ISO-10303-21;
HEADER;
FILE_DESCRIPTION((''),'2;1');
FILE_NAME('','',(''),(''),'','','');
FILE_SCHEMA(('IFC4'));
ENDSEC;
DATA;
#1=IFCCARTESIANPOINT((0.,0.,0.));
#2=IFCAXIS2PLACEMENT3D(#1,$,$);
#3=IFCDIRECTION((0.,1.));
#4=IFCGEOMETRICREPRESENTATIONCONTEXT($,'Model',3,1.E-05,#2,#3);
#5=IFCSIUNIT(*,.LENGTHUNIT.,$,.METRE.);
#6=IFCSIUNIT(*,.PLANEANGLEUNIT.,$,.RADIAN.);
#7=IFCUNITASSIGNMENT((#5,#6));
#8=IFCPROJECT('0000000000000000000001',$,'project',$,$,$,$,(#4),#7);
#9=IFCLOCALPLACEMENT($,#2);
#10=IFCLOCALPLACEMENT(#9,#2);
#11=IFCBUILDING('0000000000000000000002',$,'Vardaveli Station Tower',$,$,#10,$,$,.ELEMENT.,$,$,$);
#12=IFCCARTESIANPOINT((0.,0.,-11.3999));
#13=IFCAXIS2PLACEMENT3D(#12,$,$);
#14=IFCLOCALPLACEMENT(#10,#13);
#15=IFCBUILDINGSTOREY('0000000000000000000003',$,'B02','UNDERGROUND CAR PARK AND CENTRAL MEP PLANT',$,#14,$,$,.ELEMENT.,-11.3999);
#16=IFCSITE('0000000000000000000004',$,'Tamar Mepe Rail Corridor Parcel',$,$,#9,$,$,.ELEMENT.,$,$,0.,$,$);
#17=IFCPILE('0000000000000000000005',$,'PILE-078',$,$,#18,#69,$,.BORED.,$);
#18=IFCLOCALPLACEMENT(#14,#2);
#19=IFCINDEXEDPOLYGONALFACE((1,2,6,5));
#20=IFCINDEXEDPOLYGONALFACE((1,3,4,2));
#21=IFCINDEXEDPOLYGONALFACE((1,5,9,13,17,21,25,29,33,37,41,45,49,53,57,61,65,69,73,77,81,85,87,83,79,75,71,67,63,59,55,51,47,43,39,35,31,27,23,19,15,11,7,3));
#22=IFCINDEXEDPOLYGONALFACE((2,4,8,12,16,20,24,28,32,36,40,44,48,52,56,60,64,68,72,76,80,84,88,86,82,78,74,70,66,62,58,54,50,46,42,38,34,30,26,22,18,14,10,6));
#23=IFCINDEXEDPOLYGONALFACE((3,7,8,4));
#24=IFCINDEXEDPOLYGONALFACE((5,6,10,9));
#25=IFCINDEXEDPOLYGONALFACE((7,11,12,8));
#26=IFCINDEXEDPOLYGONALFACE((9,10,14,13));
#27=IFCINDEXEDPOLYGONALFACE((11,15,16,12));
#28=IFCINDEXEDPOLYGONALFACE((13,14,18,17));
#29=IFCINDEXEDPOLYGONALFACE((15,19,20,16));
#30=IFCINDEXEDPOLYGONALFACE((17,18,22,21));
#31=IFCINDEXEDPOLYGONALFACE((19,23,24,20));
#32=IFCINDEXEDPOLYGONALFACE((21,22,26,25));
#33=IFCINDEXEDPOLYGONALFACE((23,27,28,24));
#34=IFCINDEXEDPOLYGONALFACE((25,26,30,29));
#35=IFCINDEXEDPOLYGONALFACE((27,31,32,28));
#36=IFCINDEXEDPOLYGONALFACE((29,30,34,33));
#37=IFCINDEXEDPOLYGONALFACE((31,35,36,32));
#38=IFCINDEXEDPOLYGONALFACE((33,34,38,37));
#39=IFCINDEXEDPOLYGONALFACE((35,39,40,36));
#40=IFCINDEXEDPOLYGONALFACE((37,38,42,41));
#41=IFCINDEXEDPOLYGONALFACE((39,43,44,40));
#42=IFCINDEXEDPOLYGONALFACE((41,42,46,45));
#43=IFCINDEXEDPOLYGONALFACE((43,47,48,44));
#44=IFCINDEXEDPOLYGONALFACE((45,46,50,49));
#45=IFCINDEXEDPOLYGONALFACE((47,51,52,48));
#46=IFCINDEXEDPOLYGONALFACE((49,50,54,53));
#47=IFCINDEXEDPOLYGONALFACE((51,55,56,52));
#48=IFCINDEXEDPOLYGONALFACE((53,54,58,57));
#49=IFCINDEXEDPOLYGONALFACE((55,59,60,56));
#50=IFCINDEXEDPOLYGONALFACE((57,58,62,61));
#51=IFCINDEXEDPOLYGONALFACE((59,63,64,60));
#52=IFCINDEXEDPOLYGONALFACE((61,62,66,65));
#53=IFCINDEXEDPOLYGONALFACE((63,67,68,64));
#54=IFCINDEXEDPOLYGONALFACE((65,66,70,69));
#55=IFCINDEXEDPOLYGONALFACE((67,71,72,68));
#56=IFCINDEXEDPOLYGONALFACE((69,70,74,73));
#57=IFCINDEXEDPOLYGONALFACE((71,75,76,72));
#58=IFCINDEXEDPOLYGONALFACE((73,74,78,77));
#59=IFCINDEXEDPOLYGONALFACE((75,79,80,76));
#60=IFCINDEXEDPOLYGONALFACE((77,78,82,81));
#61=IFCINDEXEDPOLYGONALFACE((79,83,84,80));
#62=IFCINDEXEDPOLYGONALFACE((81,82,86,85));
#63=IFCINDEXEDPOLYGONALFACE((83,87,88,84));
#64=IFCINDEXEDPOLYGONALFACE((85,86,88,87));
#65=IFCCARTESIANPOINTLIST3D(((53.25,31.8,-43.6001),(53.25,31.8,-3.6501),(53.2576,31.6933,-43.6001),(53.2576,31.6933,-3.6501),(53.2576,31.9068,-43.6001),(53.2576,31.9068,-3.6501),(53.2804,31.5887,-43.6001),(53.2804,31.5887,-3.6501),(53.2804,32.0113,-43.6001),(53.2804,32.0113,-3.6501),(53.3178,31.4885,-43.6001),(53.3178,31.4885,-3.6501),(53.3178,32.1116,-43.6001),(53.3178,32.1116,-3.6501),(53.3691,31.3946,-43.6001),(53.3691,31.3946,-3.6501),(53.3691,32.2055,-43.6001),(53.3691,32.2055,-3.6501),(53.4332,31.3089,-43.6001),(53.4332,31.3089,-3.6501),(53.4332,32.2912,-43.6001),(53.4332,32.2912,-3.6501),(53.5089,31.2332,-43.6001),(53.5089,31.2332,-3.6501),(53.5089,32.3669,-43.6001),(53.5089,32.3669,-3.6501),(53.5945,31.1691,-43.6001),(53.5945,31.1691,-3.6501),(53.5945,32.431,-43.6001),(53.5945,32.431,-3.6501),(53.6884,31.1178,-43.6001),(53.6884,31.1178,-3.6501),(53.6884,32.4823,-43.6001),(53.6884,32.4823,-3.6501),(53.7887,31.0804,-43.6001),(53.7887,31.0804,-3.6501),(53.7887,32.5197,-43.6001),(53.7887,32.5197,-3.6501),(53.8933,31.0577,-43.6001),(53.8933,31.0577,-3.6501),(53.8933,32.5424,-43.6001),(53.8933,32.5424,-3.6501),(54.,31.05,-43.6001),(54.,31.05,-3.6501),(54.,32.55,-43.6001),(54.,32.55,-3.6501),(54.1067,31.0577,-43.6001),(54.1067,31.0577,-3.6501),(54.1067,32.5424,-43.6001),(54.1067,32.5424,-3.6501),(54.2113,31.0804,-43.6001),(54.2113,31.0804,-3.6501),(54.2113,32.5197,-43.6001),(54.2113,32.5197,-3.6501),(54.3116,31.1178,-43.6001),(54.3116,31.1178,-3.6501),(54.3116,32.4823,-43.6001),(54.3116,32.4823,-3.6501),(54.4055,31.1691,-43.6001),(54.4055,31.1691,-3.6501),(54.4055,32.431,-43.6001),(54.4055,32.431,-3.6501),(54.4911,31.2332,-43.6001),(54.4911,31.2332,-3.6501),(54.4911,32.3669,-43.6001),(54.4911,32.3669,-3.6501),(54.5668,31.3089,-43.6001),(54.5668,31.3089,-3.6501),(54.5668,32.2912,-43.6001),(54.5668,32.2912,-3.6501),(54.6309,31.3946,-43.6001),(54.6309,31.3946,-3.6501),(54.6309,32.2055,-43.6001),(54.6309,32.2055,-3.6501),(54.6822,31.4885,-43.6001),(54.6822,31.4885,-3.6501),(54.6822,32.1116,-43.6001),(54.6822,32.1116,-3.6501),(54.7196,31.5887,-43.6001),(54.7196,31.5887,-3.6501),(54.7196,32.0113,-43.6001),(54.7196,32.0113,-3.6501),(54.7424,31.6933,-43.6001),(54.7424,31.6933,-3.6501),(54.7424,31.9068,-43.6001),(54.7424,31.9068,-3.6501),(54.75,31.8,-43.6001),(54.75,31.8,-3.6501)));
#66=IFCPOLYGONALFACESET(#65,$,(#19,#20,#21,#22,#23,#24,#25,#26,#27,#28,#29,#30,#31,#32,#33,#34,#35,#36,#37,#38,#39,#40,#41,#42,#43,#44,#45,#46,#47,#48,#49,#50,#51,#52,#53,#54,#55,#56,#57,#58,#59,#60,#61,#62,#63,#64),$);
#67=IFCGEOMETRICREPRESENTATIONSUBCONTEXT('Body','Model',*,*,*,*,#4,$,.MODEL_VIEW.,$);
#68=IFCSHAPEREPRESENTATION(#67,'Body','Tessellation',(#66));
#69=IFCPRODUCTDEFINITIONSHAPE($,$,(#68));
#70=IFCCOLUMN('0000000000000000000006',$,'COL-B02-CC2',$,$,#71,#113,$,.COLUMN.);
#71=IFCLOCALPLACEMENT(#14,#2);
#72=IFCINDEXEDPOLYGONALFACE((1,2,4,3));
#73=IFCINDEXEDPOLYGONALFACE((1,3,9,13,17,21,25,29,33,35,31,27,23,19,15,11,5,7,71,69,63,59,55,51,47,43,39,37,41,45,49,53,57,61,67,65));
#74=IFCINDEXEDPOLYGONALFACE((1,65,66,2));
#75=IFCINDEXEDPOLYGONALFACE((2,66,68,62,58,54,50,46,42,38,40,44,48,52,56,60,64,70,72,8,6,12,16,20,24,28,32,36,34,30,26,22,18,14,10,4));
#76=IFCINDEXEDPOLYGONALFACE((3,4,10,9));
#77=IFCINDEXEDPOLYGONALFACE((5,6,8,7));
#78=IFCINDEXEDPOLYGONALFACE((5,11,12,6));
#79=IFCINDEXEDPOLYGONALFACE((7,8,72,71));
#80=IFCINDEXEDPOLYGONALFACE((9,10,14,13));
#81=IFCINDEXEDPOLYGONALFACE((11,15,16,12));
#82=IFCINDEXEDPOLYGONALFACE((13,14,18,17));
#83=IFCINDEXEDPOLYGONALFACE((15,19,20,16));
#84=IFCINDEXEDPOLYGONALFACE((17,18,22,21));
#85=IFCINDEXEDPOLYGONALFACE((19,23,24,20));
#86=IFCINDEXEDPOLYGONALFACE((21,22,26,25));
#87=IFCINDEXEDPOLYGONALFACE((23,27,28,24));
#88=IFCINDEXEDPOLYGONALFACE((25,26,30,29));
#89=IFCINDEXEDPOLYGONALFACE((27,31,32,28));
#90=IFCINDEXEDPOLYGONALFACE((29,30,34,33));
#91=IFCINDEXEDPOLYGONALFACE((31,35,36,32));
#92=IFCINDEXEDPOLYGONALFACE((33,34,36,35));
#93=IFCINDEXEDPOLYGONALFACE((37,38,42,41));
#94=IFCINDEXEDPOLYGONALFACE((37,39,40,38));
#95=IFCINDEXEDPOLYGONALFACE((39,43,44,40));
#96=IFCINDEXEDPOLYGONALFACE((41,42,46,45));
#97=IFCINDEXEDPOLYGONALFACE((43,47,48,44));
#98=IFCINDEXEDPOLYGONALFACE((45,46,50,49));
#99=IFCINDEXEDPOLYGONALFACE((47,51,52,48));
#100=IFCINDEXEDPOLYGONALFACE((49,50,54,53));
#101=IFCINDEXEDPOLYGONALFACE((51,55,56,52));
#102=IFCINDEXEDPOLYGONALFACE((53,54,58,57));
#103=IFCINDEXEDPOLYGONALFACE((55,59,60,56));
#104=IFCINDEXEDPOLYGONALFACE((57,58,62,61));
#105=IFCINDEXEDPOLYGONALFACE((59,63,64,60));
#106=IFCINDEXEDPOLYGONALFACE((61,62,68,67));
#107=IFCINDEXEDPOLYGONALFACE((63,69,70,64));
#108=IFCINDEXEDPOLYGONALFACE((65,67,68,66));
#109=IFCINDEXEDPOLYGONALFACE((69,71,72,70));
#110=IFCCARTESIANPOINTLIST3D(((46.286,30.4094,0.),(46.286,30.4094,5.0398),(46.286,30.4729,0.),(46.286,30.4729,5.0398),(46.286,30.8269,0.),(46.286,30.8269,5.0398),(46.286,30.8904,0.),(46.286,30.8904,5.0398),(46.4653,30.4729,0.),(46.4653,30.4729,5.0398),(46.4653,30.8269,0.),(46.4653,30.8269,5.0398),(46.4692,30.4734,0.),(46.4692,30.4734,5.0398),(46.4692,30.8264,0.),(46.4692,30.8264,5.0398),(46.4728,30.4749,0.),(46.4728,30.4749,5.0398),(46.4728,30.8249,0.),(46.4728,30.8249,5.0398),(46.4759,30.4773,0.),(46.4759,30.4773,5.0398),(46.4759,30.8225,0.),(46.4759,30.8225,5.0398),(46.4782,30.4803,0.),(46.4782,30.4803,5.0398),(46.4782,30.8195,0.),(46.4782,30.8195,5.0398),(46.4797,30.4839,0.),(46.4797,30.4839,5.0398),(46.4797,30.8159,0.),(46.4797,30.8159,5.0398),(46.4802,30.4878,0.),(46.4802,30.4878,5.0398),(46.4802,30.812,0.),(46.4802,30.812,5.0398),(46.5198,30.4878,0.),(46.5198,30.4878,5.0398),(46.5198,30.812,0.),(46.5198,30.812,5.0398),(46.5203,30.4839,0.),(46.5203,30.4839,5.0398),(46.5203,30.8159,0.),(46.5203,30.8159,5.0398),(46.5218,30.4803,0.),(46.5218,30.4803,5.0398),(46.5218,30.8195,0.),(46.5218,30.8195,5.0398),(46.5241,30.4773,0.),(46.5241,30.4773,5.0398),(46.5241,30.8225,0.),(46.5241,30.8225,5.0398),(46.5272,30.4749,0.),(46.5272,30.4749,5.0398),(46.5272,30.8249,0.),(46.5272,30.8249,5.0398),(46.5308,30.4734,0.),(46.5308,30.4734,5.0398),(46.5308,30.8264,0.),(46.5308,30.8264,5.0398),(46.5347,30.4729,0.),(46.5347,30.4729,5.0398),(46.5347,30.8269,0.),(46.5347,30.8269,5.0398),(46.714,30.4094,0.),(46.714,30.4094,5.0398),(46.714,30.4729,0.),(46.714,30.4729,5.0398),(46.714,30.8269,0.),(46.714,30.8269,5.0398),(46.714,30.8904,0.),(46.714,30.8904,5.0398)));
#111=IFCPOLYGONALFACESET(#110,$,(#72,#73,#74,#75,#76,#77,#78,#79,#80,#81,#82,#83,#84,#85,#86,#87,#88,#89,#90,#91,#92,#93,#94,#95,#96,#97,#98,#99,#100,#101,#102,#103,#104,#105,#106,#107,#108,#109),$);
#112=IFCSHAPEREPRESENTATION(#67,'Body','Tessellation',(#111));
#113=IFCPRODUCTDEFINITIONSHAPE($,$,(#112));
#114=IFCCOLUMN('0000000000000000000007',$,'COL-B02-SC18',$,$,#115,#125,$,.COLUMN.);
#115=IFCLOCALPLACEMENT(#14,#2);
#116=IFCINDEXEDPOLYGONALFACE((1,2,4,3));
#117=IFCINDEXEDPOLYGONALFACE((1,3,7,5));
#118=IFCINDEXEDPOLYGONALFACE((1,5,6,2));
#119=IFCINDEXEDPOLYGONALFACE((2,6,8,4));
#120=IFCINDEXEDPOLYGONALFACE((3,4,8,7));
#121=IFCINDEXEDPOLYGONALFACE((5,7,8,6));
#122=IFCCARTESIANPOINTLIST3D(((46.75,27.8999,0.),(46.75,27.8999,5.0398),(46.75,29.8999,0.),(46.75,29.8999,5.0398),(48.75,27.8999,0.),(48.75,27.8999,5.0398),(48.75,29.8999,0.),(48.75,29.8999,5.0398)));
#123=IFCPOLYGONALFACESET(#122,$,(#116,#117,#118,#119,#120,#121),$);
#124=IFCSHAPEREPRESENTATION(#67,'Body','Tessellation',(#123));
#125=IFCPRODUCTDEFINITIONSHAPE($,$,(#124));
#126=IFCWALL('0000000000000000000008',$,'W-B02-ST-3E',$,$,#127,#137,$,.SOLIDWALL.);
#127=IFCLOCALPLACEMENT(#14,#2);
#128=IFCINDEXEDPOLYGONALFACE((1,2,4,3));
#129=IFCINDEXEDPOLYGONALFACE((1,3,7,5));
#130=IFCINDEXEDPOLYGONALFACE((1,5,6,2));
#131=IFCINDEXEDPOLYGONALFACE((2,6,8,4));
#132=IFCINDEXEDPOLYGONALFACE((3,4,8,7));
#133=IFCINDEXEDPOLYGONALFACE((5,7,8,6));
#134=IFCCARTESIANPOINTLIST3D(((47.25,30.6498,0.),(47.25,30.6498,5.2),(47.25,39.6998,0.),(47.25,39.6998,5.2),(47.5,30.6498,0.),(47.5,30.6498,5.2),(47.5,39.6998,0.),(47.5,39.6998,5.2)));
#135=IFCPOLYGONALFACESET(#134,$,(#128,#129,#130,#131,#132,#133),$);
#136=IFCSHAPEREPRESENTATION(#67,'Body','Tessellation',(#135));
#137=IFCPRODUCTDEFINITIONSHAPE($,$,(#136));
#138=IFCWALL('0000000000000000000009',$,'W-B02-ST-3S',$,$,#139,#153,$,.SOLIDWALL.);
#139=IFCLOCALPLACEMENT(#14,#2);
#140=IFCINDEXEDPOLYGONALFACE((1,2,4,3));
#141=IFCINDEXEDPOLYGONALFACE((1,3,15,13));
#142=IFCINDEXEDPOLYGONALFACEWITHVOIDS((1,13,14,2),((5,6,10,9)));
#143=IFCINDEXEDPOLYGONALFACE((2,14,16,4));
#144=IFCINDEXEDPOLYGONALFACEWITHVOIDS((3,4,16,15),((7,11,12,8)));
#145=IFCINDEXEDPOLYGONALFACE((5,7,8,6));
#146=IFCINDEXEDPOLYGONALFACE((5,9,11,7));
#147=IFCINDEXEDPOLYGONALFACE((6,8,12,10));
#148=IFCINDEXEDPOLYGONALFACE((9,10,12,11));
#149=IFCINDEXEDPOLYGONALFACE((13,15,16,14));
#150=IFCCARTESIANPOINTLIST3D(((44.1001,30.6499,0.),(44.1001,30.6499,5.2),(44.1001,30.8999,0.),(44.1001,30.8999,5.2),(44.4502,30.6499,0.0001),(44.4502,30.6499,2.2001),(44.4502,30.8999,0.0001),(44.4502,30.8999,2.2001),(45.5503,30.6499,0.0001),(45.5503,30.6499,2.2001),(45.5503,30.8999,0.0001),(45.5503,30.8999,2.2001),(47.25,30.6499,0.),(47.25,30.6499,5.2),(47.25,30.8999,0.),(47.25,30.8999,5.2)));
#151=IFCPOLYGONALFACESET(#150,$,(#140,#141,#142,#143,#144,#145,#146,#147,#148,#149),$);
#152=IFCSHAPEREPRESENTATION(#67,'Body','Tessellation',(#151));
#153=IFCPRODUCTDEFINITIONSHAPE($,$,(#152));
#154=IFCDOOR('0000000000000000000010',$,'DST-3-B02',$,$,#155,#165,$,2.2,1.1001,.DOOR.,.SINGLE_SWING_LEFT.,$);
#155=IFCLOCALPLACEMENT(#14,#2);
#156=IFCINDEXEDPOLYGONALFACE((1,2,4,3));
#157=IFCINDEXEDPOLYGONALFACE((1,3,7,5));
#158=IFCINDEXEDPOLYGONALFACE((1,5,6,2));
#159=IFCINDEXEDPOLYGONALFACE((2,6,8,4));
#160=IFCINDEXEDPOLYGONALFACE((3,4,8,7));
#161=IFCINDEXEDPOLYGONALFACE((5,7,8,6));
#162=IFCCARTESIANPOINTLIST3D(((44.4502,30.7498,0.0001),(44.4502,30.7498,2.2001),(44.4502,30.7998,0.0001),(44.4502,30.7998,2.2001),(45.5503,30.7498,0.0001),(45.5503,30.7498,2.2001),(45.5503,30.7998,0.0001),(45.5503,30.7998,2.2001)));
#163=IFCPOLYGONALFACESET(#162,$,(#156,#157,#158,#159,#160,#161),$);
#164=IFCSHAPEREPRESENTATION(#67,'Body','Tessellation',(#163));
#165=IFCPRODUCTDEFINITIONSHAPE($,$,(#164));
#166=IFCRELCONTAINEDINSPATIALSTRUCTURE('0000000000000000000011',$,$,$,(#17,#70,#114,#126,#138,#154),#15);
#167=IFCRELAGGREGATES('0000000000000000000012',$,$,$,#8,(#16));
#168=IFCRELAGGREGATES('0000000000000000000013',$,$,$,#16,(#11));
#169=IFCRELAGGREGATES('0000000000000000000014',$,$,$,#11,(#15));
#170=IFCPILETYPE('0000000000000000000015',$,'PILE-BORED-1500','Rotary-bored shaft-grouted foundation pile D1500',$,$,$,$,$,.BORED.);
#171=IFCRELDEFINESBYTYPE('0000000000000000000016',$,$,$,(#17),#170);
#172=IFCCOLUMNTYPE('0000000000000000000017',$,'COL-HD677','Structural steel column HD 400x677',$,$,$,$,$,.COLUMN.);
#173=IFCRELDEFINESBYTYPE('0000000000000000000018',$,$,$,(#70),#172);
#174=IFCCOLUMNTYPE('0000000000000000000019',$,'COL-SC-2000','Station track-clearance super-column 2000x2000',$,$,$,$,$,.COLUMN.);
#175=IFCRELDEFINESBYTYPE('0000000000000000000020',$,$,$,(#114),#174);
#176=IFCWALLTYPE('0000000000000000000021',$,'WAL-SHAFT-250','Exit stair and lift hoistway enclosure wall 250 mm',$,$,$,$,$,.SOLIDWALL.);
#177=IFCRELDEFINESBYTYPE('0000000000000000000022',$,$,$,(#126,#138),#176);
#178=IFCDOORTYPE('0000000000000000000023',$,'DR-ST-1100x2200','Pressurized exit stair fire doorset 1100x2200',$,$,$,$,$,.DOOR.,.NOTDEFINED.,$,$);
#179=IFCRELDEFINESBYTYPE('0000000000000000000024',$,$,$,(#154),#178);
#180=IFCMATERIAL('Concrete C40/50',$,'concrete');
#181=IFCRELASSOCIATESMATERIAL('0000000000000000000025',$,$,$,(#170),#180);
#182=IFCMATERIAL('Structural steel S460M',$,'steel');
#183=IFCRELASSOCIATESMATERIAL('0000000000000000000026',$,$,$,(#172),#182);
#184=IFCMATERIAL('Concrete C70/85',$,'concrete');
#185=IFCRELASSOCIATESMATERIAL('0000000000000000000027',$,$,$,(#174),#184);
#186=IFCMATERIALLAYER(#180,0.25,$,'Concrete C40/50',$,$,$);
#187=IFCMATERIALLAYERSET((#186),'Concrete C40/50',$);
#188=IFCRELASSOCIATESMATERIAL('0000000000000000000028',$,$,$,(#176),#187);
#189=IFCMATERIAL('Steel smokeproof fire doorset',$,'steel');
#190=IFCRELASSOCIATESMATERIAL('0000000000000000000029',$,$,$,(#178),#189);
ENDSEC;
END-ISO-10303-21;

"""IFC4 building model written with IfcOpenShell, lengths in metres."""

from ifc_helpers import new_model, si_unit, direction, frame, frame_2d, origin, origin_2d, place, context, subcontext, project, spatial, rectangle, circle, i_section, extrude, source, transform, mapped, material, layer, layer_set, material_profile, profile_set, type_object, element, fill, save


model = new_model("IFC4")

# Units and contexts
model_context = context("Model", 3, precision=1e-05, world=origin(), true_north=direction((0.0, 1.0)))
body_context = subcontext(model_context, "Body", "Model", "MODEL_VIEW")
ifc_project = project(units=[si_unit("LENGTHUNIT", "METRE"), si_unit("PLANEANGLEUNIT", "RADIAN")], contexts=[model_context])

# Site, building, storey
site_placement = place(None, origin())
site = spatial("IfcSite", under=ifc_project, at=site_placement, Name="Tamar Mepe Rail Corridor Parcel", CompositionType="ELEMENT", RefElevation=0.0)
building_placement = place(site_placement, origin())
building = spatial("IfcBuilding", under=site, at=building_placement, Name="Vardaveli Station Tower", CompositionType="ELEMENT")
storey_placement = place(building_placement, frame((0.0, 0.0, -11.3999)))
storey = spatial("IfcBuildingStorey", under=building, at=storey_placement, Name="B02", Description="UNDERGROUND CAR PARK AND CENTRAL MEP PLANT", CompositionType="ELEMENT", Elevation=-11.3999)

# Pile
ifc_material_1 = material(Name="Concrete C40/50", Category="concrete")
ifc_material_profile_1 = material_profile(ifc_material_1, circle(Radius=0.75, at=origin_2d()), Name="PILE D1500")
ifc_profile_set_1 = profile_set([ifc_material_profile_1], Name="Concrete C40/50")
pile_type = type_object("IfcPileType", Name="PILE-BORED-1500", Description="Rotary-bored shaft-grouted foundation pile D1500", PredefinedType="BORED", material=ifc_profile_set_1)
shared_shape_1 = source(origin(), body_context, "Body", "SweptSolid", [
    extrude(circle(Radius=0.75, at=origin_2d()), origin(), (0.0, 0.0, 1.0), 39.95),
])
for number, where, z_axis, x_axis, name in (
    (1, (54.0, 31.8, -3.6501), (0.0, 0.0, -1.0), (1.0, 0.0, 0.0), "PILE-078"),
):
    element("IfcPile", number, at=place(storey_placement, frame(where, z_axis=z_axis, x_axis=x_axis)), inside=storey, type_object=pile_type, Name=name, PredefinedType="BORED", context=body_context, shape_type="MappedRepresentation", body=[
        mapped(shared_shape_1, transform((0.0, 0.0, 0.0), scale=1.0)),
    ])

# Columns
ifc_material_2 = material(Name="Structural steel S460M", Category="steel")
ifc_material_profile_2 = material_profile(ifc_material_2, i_section(OverallWidth=0.428, OverallDepth=0.481, WebThickness=0.0396, FlangeThickness=0.0635, FilletRadius=0.0149, at=origin_2d()), Name="HD 400x677")
ifc_profile_set_2 = profile_set([ifc_material_profile_2], Name="Structural steel S460M")
column_type_1 = type_object("IfcColumnType", Name="COL-HD677", Description="Structural steel column HD 400x677", PredefinedType="COLUMN", material=ifc_profile_set_2)
shared_shape_2 = source(origin(), body_context, "Body", "SweptSolid", [
    extrude(i_section(OverallWidth=0.428, OverallDepth=0.481, WebThickness=0.0396, FlangeThickness=0.0635, FilletRadius=0.0149, at=origin_2d()), origin(), (0.0, 0.0, 1.0), 5.0398),
])
column_1_placement = place(storey_placement, frame((46.5, 30.6499, 0.0), z_axis=(0.0, 0.0, 1.0), x_axis=(1.0, 0.0, 0.0)))
element("IfcColumn", 2, at=column_1_placement, inside=storey, type_object=column_type_1, Name="COL-B02-CC2", PredefinedType="COLUMN", context=body_context, shape_type="MappedRepresentation", body=[
    mapped(shared_shape_2, transform((0.0, 0.0, 0.0), scale=1.0)),
])
ifc_material_3 = material(Name="Concrete C70/85", Category="concrete")
ifc_material_profile_3 = material_profile(ifc_material_3, rectangle(XDim=2.0, YDim=2.0, at=origin_2d()), Name="SC 2000x2000")
ifc_profile_set_3 = profile_set([ifc_material_profile_3], Name="Concrete C70/85")
column_type_2 = type_object("IfcColumnType", Name="COL-SC-2000", Description="Station track-clearance super-column 2000x2000", PredefinedType="COLUMN", material=ifc_profile_set_3)
shared_shape_3 = source(origin(), body_context, "Body", "SweptSolid", [
    extrude(rectangle(XDim=2.0, YDim=2.0, at=origin_2d()), origin(), (0.0, 0.0, 1.0), 5.0398),
])
column_2_placement = place(storey_placement, frame((47.75, 28.8999, 0.0), z_axis=(0.0, 0.0, 1.0), x_axis=(1.0, 0.0, 0.0)))
element("IfcColumn", 3, at=column_2_placement, inside=storey, type_object=column_type_2, Name="COL-B02-SC18", PredefinedType="COLUMN", context=body_context, shape_type="MappedRepresentation", body=[
    mapped(shared_shape_3, transform((0.0, 0.0, 0.0), scale=1.0)),
])

# Wall
ifc_layer_1 = layer(ifc_material_1, 0.25, Name="Concrete C40/50")
ifc_layer_set_1 = layer_set([ifc_layer_1], Name="Concrete C40/50")
wall_type_1 = type_object("IfcWallType", Name="WAL-SHAFT-250", Description="Exit stair and lift hoistway enclosure wall 250 mm", PredefinedType="SOLIDWALL", material=ifc_layer_set_1)
shared_shape_4 = source(origin(), body_context, "Body", "SweptSolid", [
    extrude(rectangle(XDim=9.05, YDim=0.25, at=frame_2d((4.5249, 0.0))), origin(), (0.0, 0.0, 1.0), 5.2),
])
wall_1_placement = place(storey_placement, frame((47.375, 30.6499, 0.0), z_axis=(0.0, 0.0, 1.0), x_axis=(0.0, 1.0, 0.0)))
element("IfcWall", 4, at=wall_1_placement, inside=storey, type_object=wall_type_1, Name="W-B02-ST-3E", PredefinedType="SOLIDWALL", context=body_context, shape_type="MappedRepresentation", body=[
    mapped(shared_shape_4, transform((0.0, 0.0, 0.0), scale=1.0)),
])

# Wall, opening, door
shared_shape_5 = source(origin(), body_context, "Body", "SweptSolid", [
    extrude(rectangle(XDim=3.1499, YDim=0.25, at=frame_2d((1.575, 0.0))), origin(), (0.0, 0.0, 1.0), 5.2),
])
wall_2_placement = place(storey_placement, frame((44.1001, 30.7749, 0.0), z_axis=(0.0, 0.0, 1.0), x_axis=(1.0, 0.0, 0.0)))
wall_2 = element("IfcWall", 5, at=wall_2_placement, inside=storey, type_object=wall_type_1, Name="W-B02-ST-3S", PredefinedType="SOLIDWALL", context=body_context, shape_type="MappedRepresentation", body=[
    mapped(shared_shape_5, transform((0.0, 0.0, 0.0), scale=1.0)),
])
shared_shape_6 = source(origin(), body_context, "Body", "SweptSolid", [
    extrude(rectangle(XDim=1.1001, YDim=2.2, at=frame_2d((0.55, 1.1001))), frame((0.0, 0.135, 0.0), z_axis=(0.0, -1.0, 0.0), x_axis=(1.0, 0.0, 0.0)), (0.0, 0.0, 1.0), 0.27),
])
opening_1_placement = place(wall_2_placement, frame((0.3501, 0.0, 0.0)))
opening_1 = element("IfcOpeningElement", 6, at=opening_1_placement, cuts=wall_2, PredefinedType="OPENING", context=body_context, shape_type="MappedRepresentation", body=[
    mapped(shared_shape_6, transform((0.0, 0.0, 0.0), scale=1.0)),
])
ifc_material_4 = material(Name="Steel smokeproof fire doorset", Category="steel")
door_type_1 = type_object("IfcDoorType", Name="DR-ST-1100x2200", Description="Pressurized exit stair fire doorset 1100x2200", OperationType="NOTDEFINED", PredefinedType="DOOR", material=ifc_material_4)
shared_shape_7 = source(origin(), body_context, "Body", "SweptSolid", [
    extrude(rectangle(XDim=1.1001, YDim=2.2, at=frame_2d((0.55, 1.1001))), frame((0.0, 0.0249, 0.0), z_axis=(0.0, -1.0, 0.0), x_axis=(1.0, 0.0, 0.0)), (0.0, 0.0, 1.0), 0.05),
])
door_1_placement = place(opening_1_placement, origin())
door_1 = element("IfcDoor", 7, at=door_1_placement, inside=storey, type_object=door_type_1, Name="DST-3-B02", OperationType="SINGLE_SWING_LEFT", OverallHeight=2.2, OverallWidth=1.1001, PredefinedType="DOOR", context=body_context, shape_type="MappedRepresentation", body=[
    mapped(shared_shape_7, transform((0.0, 0.0, 0.0), scale=1.0)),
])
fill(opening_1, door_1)

save(model, "model.ifc")
